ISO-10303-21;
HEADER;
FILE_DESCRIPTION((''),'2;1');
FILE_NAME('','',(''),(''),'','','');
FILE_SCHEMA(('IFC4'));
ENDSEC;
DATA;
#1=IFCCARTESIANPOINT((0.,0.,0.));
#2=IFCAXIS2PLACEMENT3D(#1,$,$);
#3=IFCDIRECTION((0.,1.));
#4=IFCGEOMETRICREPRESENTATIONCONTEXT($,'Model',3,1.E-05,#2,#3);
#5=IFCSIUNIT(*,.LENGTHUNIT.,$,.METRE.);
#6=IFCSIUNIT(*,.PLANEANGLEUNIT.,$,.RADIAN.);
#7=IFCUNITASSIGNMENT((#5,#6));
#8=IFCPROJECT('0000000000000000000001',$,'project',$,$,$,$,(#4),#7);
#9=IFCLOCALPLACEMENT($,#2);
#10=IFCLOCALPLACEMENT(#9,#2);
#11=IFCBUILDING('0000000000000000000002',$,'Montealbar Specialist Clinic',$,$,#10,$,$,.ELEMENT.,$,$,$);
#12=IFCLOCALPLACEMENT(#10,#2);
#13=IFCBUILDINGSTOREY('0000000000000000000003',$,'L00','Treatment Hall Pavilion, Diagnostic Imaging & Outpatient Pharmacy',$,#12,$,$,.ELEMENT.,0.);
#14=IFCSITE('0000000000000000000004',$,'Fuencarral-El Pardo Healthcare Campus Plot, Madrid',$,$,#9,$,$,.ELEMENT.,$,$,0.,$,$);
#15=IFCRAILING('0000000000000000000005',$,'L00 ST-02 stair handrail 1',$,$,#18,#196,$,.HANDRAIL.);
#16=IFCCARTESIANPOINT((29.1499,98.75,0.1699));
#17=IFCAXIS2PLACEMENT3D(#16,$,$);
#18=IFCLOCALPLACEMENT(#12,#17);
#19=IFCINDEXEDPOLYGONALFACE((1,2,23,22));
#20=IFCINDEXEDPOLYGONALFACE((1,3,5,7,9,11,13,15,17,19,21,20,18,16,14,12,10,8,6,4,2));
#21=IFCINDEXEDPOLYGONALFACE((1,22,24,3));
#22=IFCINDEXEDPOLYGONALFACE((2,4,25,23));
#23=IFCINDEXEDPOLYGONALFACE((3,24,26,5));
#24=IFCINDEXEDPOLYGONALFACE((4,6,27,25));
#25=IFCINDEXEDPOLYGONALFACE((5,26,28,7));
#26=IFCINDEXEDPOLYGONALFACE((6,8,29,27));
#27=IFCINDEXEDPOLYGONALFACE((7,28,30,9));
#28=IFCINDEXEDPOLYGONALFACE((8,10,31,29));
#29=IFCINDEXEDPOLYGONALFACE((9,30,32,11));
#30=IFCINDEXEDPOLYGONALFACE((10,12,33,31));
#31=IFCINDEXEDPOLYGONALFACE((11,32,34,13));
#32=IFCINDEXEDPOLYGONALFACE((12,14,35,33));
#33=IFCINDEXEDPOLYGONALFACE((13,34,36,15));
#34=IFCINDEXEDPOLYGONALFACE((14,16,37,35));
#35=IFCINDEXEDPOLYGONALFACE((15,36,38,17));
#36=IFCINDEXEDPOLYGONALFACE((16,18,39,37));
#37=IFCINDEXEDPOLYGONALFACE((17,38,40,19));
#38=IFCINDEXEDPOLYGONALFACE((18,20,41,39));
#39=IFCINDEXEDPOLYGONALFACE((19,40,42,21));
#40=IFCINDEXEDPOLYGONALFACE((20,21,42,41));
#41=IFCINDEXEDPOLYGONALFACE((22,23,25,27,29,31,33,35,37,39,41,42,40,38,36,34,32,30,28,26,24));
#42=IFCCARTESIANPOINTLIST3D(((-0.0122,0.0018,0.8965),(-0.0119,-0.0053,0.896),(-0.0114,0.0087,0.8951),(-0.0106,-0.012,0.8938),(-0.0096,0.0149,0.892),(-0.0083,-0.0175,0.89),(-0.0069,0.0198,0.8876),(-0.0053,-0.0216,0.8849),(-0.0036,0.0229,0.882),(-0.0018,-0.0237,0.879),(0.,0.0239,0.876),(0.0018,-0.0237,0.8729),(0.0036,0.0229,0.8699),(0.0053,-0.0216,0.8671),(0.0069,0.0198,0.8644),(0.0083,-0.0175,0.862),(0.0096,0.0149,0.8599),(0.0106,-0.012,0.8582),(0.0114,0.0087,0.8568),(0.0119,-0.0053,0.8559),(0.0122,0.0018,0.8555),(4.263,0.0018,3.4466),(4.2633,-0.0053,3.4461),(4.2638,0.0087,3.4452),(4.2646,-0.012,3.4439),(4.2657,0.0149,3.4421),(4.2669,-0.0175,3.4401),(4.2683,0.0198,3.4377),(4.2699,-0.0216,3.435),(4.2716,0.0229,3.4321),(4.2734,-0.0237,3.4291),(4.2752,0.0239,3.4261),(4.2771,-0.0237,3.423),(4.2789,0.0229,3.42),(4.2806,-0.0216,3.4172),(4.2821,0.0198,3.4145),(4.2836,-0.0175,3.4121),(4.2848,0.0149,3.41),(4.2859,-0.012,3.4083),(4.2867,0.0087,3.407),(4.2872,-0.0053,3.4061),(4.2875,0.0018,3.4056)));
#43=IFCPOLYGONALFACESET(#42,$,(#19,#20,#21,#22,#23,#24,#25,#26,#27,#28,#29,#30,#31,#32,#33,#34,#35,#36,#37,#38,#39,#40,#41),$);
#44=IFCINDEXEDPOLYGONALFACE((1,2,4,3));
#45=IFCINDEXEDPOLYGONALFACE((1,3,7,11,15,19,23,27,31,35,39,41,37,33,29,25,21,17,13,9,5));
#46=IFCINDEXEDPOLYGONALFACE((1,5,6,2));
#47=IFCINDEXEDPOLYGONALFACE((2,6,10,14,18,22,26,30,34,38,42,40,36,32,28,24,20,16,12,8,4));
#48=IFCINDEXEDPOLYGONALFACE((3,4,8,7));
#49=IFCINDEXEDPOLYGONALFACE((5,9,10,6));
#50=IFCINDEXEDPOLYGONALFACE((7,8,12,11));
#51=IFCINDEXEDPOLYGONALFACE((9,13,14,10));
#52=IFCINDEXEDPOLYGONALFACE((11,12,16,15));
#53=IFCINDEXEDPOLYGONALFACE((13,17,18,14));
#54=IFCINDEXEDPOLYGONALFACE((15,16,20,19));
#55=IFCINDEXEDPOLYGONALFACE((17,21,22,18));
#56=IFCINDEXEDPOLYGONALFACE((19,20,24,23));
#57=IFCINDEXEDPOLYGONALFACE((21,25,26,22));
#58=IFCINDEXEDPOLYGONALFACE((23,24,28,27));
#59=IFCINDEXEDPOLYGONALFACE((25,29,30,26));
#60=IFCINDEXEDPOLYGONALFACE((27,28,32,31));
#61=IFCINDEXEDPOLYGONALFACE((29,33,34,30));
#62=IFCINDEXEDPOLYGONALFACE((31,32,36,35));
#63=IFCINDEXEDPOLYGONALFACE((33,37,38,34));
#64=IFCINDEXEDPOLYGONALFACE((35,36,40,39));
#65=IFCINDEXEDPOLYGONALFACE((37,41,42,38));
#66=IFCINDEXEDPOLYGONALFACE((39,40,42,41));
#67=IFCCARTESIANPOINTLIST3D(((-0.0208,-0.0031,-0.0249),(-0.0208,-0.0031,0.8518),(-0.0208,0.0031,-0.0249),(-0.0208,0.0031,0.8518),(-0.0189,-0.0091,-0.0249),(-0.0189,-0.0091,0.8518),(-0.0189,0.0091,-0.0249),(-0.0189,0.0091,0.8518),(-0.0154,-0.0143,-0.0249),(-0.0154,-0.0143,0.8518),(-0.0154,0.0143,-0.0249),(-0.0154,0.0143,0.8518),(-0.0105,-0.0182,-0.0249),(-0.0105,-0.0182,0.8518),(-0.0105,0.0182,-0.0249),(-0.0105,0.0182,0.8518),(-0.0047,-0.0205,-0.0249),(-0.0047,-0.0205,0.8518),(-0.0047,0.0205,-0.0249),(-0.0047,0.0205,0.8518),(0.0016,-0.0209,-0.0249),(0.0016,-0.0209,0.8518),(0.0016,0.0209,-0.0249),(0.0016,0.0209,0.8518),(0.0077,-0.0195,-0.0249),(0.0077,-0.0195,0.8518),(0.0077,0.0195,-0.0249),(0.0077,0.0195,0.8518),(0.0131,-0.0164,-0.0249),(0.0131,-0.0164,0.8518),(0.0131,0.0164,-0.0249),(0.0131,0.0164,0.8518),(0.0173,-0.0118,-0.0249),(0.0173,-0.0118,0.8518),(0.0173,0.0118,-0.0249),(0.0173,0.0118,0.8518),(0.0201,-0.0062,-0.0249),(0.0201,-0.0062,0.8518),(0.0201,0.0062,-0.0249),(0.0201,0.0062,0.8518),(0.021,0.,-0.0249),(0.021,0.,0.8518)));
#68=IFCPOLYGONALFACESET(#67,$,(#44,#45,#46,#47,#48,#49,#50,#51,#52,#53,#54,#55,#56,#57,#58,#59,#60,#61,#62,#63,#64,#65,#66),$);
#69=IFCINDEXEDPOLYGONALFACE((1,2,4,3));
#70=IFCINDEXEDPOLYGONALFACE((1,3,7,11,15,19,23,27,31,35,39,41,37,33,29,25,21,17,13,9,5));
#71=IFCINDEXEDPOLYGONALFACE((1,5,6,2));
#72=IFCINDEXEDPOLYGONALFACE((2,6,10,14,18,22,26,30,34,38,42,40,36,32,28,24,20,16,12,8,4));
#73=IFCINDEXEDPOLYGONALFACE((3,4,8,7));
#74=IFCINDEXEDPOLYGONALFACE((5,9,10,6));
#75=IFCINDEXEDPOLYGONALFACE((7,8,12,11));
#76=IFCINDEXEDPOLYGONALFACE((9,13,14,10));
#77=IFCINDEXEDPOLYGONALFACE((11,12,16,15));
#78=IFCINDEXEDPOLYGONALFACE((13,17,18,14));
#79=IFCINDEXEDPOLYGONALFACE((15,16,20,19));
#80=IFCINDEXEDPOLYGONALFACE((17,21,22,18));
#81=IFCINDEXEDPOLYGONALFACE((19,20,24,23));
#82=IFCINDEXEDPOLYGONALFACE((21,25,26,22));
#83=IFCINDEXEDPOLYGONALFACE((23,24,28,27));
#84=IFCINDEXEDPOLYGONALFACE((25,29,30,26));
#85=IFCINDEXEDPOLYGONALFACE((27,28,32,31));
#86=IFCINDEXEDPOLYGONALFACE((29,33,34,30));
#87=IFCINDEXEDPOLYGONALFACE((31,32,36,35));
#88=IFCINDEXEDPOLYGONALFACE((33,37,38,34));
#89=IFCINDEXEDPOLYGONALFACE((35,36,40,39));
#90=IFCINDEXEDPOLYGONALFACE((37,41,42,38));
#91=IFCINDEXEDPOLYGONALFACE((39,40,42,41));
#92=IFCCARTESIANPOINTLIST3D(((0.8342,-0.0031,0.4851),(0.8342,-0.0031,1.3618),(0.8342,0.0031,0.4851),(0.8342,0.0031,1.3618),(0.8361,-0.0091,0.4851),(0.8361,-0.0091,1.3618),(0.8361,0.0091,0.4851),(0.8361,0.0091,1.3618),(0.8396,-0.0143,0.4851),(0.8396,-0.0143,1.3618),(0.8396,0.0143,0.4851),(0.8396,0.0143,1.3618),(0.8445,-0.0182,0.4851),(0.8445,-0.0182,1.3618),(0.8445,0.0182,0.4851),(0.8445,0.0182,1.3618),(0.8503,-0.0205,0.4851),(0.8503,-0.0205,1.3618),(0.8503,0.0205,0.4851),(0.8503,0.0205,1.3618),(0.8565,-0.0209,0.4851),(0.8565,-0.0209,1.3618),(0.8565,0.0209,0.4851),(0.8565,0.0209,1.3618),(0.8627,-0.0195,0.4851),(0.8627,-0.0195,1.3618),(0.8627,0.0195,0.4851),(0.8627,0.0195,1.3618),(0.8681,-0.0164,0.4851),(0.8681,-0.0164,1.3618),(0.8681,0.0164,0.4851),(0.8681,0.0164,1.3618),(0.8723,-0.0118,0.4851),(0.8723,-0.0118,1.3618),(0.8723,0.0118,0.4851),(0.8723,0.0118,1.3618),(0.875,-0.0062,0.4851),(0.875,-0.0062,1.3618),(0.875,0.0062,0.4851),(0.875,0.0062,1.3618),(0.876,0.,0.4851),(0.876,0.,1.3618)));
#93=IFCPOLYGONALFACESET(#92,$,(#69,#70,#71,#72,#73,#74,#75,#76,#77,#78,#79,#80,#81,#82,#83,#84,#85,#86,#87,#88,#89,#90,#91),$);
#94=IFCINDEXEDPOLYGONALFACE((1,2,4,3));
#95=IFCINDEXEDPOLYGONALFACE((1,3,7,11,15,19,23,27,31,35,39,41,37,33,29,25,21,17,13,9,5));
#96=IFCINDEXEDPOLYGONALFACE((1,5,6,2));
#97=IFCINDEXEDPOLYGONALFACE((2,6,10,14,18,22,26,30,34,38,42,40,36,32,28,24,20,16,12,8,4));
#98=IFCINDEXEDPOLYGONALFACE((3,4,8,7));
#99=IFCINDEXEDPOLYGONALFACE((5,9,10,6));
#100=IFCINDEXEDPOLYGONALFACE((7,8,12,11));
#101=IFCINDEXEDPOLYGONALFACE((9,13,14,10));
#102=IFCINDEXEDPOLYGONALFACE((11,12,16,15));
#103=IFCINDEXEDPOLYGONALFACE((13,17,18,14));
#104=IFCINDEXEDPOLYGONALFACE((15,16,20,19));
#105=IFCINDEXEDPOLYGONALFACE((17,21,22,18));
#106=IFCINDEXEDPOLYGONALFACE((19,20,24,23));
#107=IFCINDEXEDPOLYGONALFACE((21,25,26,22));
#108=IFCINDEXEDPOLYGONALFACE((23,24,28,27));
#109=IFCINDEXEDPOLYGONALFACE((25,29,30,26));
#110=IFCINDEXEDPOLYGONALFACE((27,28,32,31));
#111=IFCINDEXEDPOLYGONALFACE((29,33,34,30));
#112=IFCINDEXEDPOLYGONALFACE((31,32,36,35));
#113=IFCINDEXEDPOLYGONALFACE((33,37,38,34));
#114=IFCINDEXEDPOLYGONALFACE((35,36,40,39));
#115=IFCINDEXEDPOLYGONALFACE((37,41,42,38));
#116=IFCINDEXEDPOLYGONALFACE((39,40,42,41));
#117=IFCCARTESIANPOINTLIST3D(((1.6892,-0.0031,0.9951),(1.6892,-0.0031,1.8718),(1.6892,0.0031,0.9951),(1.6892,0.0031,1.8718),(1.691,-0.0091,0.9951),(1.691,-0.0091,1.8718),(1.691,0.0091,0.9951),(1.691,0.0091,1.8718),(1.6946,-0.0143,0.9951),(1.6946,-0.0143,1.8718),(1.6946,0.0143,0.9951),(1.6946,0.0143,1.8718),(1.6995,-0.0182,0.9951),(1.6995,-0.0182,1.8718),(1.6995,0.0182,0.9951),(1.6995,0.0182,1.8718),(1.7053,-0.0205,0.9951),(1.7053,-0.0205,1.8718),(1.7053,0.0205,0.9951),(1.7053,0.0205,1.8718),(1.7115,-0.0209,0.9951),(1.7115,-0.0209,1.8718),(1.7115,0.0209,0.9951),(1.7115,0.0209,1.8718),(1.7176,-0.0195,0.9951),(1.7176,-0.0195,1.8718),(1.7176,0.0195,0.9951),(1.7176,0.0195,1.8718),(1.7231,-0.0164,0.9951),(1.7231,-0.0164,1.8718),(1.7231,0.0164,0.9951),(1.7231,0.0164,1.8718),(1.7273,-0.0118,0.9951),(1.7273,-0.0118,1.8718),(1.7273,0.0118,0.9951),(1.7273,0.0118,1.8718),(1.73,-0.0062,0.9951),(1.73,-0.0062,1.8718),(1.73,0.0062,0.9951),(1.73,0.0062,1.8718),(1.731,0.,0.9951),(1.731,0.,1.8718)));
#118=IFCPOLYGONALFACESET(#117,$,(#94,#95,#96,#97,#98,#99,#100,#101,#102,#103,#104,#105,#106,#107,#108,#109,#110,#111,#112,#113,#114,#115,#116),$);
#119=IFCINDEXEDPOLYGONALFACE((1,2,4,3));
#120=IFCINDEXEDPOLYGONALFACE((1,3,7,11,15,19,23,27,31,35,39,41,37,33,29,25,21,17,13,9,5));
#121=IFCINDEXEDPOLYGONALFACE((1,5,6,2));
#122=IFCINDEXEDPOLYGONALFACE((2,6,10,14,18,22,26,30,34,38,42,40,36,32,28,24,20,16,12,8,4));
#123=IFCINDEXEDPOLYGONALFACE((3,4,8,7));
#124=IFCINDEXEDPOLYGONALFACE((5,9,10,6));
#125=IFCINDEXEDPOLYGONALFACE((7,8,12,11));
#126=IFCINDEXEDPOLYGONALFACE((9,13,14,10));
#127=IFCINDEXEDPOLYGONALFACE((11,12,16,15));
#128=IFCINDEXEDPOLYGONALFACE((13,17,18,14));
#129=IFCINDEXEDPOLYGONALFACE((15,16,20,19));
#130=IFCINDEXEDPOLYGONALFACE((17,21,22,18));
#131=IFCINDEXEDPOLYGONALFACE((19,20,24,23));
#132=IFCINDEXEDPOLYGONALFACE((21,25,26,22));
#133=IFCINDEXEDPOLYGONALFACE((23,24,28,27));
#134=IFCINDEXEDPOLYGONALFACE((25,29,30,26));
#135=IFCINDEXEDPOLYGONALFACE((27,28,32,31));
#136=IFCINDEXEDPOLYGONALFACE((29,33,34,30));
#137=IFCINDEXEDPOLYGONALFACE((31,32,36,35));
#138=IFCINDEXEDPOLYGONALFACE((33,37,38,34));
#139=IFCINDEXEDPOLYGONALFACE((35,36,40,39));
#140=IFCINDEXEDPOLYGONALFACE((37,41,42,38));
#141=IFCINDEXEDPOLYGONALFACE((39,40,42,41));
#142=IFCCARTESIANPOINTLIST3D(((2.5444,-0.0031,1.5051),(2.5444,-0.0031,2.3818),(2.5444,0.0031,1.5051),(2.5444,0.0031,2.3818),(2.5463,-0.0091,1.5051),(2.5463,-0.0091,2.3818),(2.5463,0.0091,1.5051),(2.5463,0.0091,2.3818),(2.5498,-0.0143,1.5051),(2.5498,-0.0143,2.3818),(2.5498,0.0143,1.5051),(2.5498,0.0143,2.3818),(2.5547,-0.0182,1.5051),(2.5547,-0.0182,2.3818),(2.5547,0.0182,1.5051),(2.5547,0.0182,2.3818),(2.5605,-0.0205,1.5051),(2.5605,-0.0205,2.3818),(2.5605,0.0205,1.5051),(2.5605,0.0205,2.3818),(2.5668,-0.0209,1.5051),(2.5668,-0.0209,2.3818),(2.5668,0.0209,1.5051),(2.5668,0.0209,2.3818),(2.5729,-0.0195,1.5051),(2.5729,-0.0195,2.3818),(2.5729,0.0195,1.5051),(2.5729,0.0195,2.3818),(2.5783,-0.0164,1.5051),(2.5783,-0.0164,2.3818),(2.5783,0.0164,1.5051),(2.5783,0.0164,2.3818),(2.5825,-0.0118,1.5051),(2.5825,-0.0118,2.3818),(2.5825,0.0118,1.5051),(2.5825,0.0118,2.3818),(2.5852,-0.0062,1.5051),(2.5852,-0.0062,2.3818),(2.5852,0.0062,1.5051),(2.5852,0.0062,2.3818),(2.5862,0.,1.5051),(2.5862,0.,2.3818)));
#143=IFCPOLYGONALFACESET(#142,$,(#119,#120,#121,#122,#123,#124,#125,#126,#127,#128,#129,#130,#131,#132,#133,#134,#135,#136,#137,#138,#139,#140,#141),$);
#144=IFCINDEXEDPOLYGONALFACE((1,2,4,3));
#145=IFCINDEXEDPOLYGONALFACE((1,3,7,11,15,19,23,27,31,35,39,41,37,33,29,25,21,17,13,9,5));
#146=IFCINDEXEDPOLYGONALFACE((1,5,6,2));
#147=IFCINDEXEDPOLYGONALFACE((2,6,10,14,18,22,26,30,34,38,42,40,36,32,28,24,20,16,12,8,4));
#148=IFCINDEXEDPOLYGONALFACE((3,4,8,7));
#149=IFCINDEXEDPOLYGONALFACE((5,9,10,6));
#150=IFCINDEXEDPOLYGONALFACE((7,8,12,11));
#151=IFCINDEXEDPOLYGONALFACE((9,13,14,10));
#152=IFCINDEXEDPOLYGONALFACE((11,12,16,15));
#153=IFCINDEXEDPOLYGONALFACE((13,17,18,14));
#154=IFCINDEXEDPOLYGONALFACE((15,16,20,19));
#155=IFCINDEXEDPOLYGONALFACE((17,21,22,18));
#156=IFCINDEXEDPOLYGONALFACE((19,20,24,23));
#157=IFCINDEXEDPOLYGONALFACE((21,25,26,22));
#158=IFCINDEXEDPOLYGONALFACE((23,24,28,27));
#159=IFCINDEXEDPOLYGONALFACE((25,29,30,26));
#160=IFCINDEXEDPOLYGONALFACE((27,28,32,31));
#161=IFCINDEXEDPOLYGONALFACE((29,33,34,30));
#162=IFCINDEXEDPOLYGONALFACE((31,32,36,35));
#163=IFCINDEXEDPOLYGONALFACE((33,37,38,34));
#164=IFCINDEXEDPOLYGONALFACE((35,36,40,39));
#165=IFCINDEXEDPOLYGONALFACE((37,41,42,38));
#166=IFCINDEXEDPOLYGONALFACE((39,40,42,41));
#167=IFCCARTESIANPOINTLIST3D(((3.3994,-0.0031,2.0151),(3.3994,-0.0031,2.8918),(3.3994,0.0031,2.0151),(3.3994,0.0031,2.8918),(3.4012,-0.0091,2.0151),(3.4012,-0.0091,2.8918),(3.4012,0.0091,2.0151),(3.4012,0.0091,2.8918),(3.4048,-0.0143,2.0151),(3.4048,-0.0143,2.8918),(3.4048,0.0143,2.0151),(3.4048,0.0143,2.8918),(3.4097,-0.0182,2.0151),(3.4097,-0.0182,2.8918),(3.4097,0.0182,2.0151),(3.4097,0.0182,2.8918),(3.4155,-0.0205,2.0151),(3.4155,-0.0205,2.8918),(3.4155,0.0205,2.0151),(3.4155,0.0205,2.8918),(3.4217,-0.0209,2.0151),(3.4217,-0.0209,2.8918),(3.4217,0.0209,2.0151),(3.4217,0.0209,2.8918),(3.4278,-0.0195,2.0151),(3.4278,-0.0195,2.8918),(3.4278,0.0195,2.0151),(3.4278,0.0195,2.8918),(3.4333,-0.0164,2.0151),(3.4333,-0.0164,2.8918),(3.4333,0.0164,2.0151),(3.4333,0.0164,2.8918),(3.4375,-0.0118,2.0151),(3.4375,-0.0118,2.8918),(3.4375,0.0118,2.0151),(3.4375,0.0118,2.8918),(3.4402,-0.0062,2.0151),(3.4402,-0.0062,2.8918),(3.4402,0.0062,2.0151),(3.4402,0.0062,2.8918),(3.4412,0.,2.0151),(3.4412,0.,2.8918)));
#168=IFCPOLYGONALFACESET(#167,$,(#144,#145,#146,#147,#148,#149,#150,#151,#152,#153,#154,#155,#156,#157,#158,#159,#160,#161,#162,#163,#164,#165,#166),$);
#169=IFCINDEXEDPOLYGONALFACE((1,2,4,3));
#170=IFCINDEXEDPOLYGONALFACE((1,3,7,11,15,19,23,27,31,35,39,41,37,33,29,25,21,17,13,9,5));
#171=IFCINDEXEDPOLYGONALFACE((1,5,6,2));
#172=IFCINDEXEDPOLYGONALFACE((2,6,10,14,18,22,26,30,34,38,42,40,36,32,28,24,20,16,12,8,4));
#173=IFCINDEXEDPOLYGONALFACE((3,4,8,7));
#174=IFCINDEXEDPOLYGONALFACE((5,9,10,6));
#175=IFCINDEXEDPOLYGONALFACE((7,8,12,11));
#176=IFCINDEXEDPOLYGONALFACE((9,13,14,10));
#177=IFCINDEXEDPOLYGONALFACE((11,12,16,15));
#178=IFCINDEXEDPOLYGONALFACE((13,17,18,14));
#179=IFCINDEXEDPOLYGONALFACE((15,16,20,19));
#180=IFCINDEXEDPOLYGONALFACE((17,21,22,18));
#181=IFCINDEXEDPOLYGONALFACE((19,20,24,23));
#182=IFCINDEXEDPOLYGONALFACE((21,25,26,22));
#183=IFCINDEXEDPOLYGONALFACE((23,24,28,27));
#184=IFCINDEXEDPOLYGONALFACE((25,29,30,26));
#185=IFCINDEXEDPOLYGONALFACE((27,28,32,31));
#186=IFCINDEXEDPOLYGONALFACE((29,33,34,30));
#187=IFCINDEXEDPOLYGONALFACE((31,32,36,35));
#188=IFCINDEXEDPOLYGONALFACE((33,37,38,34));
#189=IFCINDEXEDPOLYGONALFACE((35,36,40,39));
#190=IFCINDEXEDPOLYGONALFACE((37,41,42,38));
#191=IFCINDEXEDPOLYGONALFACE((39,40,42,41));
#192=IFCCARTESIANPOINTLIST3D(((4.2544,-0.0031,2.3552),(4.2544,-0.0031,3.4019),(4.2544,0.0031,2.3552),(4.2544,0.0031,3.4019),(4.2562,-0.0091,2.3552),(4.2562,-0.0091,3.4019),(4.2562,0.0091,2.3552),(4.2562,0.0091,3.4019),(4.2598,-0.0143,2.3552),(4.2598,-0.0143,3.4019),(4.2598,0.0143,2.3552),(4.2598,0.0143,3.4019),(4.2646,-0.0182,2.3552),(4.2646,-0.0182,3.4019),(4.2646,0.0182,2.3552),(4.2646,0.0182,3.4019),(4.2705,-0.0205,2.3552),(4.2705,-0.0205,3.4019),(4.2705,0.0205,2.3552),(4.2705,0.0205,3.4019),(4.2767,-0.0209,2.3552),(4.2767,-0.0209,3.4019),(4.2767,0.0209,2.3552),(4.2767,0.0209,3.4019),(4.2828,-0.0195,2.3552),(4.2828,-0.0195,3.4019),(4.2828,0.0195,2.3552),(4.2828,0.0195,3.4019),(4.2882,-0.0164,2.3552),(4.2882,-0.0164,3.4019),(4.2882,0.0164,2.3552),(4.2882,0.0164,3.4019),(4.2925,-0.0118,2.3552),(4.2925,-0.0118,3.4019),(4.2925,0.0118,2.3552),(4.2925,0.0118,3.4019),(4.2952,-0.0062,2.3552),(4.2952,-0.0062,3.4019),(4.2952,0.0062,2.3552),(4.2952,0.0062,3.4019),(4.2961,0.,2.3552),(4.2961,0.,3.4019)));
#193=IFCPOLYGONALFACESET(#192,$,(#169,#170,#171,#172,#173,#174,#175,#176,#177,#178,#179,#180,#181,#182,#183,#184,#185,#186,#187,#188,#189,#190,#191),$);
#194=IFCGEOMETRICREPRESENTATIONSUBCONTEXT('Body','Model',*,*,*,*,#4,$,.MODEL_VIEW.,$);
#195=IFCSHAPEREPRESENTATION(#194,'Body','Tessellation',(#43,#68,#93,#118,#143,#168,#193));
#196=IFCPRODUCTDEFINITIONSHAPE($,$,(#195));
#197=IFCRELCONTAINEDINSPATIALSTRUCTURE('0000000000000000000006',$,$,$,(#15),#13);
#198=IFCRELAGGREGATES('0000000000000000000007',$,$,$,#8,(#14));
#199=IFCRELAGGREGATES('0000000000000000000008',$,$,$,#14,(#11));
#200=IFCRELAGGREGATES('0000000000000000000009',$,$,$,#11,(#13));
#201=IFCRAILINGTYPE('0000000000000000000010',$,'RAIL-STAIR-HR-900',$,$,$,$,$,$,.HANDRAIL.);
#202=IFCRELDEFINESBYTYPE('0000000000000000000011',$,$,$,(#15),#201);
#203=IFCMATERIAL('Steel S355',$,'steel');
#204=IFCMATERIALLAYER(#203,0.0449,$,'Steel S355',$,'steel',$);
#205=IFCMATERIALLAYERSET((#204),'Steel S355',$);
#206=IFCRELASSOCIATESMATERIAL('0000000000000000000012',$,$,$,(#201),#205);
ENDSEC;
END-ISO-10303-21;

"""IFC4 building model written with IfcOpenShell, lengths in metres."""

from ifc_helpers import new_model, si_unit, direction, frame, origin, origin_2d, place, context, subcontext, project, spatial, circle, extrude, material, layer, layer_set, type_object, element, save


model = new_model("IFC4")

# Units and contexts
model_context = context("Model", 3, precision=1e-05, world=origin(), true_north=direction((0.0, 1.0)))
body_context = subcontext(model_context, "Body", "Model", "MODEL_VIEW")
ifc_project = project(units=[si_unit("LENGTHUNIT", "METRE"), si_unit("PLANEANGLEUNIT", "RADIAN")], contexts=[model_context])

# Site, building, storey
site_placement = place(None, origin())
site = spatial("IfcSite", under=ifc_project, at=site_placement, Name="Fuencarral-El Pardo Healthcare Campus Plot, Madrid", CompositionType="ELEMENT", RefElevation=0.0)
building_placement = place(site_placement, origin())
building = spatial("IfcBuilding", under=site, at=building_placement, Name="Montealbar Specialist Clinic", CompositionType="ELEMENT")
storey_placement = place(building_placement, origin())
storey = spatial("IfcBuildingStorey", under=building, at=storey_placement, Name="L00", Description="Treatment Hall Pavilion, Diagnostic Imaging & Outpatient Pharmacy", CompositionType="ELEMENT", Elevation=0.0)

# Shared definitions
ifc_material_1 = material(Name="Steel S355", Category="steel")

# Railing
ifc_layer_1 = layer(ifc_material_1, 0.0449, Name="Steel S355", Category="steel")
ifc_layer_set_1 = layer_set([ifc_layer_1], Name="Steel S355")
railing_type_1 = type_object("IfcRailingType", Name="RAIL-STAIR-HR-900", PredefinedType="HANDRAIL", material=ifc_layer_set_1)
railing_1_placement = place(storey_placement, frame((29.1499, 98.75, 0.1699)))
element("IfcRailing", 1, at=railing_1_placement, inside=storey, type_object=railing_type_1, Name="L00 ST-02 stair handrail 1", PredefinedType="HANDRAIL", context=body_context, shape_type="SweptSolid", body=[
    extrude(circle(Radius=0.0239, at=origin_2d()), frame((0.0, 0.0, 0.876), z_axis=(0.858823, 0.0, 0.512273), x_axis=(0.0, 1.0, 0.0)), (0.0, 0.0, 1.0), 4.978),
    extrude(circle(Radius=0.021, at=origin_2d()), frame((0.0, 0.0, -0.0249)), (0.0, 0.0, 1.0), 0.8767),
    extrude(circle(Radius=0.021, at=origin_2d()), frame((0.855, 0.0, 0.4851)), (0.0, 0.0, 1.0), 0.8767),
    extrude(circle(Radius=0.021, at=origin_2d()), frame((1.71, 0.0, 0.9951)), (0.0, 0.0, 1.0), 0.8767),
    extrude(circle(Radius=0.021, at=origin_2d()), frame((2.5652, 0.0, 1.5051)), (0.0, 0.0, 1.0), 0.8767),
    extrude(circle(Radius=0.021, at=origin_2d()), frame((3.4202, 0.0, 2.0151)), (0.0, 0.0, 1.0), 0.8767),
    extrude(circle(Radius=0.021, at=origin_2d()), frame((4.2751, 0.0, 2.3552)), (0.0, 0.0, 1.0), 1.0466),
])

save(model, "model.ifc")
